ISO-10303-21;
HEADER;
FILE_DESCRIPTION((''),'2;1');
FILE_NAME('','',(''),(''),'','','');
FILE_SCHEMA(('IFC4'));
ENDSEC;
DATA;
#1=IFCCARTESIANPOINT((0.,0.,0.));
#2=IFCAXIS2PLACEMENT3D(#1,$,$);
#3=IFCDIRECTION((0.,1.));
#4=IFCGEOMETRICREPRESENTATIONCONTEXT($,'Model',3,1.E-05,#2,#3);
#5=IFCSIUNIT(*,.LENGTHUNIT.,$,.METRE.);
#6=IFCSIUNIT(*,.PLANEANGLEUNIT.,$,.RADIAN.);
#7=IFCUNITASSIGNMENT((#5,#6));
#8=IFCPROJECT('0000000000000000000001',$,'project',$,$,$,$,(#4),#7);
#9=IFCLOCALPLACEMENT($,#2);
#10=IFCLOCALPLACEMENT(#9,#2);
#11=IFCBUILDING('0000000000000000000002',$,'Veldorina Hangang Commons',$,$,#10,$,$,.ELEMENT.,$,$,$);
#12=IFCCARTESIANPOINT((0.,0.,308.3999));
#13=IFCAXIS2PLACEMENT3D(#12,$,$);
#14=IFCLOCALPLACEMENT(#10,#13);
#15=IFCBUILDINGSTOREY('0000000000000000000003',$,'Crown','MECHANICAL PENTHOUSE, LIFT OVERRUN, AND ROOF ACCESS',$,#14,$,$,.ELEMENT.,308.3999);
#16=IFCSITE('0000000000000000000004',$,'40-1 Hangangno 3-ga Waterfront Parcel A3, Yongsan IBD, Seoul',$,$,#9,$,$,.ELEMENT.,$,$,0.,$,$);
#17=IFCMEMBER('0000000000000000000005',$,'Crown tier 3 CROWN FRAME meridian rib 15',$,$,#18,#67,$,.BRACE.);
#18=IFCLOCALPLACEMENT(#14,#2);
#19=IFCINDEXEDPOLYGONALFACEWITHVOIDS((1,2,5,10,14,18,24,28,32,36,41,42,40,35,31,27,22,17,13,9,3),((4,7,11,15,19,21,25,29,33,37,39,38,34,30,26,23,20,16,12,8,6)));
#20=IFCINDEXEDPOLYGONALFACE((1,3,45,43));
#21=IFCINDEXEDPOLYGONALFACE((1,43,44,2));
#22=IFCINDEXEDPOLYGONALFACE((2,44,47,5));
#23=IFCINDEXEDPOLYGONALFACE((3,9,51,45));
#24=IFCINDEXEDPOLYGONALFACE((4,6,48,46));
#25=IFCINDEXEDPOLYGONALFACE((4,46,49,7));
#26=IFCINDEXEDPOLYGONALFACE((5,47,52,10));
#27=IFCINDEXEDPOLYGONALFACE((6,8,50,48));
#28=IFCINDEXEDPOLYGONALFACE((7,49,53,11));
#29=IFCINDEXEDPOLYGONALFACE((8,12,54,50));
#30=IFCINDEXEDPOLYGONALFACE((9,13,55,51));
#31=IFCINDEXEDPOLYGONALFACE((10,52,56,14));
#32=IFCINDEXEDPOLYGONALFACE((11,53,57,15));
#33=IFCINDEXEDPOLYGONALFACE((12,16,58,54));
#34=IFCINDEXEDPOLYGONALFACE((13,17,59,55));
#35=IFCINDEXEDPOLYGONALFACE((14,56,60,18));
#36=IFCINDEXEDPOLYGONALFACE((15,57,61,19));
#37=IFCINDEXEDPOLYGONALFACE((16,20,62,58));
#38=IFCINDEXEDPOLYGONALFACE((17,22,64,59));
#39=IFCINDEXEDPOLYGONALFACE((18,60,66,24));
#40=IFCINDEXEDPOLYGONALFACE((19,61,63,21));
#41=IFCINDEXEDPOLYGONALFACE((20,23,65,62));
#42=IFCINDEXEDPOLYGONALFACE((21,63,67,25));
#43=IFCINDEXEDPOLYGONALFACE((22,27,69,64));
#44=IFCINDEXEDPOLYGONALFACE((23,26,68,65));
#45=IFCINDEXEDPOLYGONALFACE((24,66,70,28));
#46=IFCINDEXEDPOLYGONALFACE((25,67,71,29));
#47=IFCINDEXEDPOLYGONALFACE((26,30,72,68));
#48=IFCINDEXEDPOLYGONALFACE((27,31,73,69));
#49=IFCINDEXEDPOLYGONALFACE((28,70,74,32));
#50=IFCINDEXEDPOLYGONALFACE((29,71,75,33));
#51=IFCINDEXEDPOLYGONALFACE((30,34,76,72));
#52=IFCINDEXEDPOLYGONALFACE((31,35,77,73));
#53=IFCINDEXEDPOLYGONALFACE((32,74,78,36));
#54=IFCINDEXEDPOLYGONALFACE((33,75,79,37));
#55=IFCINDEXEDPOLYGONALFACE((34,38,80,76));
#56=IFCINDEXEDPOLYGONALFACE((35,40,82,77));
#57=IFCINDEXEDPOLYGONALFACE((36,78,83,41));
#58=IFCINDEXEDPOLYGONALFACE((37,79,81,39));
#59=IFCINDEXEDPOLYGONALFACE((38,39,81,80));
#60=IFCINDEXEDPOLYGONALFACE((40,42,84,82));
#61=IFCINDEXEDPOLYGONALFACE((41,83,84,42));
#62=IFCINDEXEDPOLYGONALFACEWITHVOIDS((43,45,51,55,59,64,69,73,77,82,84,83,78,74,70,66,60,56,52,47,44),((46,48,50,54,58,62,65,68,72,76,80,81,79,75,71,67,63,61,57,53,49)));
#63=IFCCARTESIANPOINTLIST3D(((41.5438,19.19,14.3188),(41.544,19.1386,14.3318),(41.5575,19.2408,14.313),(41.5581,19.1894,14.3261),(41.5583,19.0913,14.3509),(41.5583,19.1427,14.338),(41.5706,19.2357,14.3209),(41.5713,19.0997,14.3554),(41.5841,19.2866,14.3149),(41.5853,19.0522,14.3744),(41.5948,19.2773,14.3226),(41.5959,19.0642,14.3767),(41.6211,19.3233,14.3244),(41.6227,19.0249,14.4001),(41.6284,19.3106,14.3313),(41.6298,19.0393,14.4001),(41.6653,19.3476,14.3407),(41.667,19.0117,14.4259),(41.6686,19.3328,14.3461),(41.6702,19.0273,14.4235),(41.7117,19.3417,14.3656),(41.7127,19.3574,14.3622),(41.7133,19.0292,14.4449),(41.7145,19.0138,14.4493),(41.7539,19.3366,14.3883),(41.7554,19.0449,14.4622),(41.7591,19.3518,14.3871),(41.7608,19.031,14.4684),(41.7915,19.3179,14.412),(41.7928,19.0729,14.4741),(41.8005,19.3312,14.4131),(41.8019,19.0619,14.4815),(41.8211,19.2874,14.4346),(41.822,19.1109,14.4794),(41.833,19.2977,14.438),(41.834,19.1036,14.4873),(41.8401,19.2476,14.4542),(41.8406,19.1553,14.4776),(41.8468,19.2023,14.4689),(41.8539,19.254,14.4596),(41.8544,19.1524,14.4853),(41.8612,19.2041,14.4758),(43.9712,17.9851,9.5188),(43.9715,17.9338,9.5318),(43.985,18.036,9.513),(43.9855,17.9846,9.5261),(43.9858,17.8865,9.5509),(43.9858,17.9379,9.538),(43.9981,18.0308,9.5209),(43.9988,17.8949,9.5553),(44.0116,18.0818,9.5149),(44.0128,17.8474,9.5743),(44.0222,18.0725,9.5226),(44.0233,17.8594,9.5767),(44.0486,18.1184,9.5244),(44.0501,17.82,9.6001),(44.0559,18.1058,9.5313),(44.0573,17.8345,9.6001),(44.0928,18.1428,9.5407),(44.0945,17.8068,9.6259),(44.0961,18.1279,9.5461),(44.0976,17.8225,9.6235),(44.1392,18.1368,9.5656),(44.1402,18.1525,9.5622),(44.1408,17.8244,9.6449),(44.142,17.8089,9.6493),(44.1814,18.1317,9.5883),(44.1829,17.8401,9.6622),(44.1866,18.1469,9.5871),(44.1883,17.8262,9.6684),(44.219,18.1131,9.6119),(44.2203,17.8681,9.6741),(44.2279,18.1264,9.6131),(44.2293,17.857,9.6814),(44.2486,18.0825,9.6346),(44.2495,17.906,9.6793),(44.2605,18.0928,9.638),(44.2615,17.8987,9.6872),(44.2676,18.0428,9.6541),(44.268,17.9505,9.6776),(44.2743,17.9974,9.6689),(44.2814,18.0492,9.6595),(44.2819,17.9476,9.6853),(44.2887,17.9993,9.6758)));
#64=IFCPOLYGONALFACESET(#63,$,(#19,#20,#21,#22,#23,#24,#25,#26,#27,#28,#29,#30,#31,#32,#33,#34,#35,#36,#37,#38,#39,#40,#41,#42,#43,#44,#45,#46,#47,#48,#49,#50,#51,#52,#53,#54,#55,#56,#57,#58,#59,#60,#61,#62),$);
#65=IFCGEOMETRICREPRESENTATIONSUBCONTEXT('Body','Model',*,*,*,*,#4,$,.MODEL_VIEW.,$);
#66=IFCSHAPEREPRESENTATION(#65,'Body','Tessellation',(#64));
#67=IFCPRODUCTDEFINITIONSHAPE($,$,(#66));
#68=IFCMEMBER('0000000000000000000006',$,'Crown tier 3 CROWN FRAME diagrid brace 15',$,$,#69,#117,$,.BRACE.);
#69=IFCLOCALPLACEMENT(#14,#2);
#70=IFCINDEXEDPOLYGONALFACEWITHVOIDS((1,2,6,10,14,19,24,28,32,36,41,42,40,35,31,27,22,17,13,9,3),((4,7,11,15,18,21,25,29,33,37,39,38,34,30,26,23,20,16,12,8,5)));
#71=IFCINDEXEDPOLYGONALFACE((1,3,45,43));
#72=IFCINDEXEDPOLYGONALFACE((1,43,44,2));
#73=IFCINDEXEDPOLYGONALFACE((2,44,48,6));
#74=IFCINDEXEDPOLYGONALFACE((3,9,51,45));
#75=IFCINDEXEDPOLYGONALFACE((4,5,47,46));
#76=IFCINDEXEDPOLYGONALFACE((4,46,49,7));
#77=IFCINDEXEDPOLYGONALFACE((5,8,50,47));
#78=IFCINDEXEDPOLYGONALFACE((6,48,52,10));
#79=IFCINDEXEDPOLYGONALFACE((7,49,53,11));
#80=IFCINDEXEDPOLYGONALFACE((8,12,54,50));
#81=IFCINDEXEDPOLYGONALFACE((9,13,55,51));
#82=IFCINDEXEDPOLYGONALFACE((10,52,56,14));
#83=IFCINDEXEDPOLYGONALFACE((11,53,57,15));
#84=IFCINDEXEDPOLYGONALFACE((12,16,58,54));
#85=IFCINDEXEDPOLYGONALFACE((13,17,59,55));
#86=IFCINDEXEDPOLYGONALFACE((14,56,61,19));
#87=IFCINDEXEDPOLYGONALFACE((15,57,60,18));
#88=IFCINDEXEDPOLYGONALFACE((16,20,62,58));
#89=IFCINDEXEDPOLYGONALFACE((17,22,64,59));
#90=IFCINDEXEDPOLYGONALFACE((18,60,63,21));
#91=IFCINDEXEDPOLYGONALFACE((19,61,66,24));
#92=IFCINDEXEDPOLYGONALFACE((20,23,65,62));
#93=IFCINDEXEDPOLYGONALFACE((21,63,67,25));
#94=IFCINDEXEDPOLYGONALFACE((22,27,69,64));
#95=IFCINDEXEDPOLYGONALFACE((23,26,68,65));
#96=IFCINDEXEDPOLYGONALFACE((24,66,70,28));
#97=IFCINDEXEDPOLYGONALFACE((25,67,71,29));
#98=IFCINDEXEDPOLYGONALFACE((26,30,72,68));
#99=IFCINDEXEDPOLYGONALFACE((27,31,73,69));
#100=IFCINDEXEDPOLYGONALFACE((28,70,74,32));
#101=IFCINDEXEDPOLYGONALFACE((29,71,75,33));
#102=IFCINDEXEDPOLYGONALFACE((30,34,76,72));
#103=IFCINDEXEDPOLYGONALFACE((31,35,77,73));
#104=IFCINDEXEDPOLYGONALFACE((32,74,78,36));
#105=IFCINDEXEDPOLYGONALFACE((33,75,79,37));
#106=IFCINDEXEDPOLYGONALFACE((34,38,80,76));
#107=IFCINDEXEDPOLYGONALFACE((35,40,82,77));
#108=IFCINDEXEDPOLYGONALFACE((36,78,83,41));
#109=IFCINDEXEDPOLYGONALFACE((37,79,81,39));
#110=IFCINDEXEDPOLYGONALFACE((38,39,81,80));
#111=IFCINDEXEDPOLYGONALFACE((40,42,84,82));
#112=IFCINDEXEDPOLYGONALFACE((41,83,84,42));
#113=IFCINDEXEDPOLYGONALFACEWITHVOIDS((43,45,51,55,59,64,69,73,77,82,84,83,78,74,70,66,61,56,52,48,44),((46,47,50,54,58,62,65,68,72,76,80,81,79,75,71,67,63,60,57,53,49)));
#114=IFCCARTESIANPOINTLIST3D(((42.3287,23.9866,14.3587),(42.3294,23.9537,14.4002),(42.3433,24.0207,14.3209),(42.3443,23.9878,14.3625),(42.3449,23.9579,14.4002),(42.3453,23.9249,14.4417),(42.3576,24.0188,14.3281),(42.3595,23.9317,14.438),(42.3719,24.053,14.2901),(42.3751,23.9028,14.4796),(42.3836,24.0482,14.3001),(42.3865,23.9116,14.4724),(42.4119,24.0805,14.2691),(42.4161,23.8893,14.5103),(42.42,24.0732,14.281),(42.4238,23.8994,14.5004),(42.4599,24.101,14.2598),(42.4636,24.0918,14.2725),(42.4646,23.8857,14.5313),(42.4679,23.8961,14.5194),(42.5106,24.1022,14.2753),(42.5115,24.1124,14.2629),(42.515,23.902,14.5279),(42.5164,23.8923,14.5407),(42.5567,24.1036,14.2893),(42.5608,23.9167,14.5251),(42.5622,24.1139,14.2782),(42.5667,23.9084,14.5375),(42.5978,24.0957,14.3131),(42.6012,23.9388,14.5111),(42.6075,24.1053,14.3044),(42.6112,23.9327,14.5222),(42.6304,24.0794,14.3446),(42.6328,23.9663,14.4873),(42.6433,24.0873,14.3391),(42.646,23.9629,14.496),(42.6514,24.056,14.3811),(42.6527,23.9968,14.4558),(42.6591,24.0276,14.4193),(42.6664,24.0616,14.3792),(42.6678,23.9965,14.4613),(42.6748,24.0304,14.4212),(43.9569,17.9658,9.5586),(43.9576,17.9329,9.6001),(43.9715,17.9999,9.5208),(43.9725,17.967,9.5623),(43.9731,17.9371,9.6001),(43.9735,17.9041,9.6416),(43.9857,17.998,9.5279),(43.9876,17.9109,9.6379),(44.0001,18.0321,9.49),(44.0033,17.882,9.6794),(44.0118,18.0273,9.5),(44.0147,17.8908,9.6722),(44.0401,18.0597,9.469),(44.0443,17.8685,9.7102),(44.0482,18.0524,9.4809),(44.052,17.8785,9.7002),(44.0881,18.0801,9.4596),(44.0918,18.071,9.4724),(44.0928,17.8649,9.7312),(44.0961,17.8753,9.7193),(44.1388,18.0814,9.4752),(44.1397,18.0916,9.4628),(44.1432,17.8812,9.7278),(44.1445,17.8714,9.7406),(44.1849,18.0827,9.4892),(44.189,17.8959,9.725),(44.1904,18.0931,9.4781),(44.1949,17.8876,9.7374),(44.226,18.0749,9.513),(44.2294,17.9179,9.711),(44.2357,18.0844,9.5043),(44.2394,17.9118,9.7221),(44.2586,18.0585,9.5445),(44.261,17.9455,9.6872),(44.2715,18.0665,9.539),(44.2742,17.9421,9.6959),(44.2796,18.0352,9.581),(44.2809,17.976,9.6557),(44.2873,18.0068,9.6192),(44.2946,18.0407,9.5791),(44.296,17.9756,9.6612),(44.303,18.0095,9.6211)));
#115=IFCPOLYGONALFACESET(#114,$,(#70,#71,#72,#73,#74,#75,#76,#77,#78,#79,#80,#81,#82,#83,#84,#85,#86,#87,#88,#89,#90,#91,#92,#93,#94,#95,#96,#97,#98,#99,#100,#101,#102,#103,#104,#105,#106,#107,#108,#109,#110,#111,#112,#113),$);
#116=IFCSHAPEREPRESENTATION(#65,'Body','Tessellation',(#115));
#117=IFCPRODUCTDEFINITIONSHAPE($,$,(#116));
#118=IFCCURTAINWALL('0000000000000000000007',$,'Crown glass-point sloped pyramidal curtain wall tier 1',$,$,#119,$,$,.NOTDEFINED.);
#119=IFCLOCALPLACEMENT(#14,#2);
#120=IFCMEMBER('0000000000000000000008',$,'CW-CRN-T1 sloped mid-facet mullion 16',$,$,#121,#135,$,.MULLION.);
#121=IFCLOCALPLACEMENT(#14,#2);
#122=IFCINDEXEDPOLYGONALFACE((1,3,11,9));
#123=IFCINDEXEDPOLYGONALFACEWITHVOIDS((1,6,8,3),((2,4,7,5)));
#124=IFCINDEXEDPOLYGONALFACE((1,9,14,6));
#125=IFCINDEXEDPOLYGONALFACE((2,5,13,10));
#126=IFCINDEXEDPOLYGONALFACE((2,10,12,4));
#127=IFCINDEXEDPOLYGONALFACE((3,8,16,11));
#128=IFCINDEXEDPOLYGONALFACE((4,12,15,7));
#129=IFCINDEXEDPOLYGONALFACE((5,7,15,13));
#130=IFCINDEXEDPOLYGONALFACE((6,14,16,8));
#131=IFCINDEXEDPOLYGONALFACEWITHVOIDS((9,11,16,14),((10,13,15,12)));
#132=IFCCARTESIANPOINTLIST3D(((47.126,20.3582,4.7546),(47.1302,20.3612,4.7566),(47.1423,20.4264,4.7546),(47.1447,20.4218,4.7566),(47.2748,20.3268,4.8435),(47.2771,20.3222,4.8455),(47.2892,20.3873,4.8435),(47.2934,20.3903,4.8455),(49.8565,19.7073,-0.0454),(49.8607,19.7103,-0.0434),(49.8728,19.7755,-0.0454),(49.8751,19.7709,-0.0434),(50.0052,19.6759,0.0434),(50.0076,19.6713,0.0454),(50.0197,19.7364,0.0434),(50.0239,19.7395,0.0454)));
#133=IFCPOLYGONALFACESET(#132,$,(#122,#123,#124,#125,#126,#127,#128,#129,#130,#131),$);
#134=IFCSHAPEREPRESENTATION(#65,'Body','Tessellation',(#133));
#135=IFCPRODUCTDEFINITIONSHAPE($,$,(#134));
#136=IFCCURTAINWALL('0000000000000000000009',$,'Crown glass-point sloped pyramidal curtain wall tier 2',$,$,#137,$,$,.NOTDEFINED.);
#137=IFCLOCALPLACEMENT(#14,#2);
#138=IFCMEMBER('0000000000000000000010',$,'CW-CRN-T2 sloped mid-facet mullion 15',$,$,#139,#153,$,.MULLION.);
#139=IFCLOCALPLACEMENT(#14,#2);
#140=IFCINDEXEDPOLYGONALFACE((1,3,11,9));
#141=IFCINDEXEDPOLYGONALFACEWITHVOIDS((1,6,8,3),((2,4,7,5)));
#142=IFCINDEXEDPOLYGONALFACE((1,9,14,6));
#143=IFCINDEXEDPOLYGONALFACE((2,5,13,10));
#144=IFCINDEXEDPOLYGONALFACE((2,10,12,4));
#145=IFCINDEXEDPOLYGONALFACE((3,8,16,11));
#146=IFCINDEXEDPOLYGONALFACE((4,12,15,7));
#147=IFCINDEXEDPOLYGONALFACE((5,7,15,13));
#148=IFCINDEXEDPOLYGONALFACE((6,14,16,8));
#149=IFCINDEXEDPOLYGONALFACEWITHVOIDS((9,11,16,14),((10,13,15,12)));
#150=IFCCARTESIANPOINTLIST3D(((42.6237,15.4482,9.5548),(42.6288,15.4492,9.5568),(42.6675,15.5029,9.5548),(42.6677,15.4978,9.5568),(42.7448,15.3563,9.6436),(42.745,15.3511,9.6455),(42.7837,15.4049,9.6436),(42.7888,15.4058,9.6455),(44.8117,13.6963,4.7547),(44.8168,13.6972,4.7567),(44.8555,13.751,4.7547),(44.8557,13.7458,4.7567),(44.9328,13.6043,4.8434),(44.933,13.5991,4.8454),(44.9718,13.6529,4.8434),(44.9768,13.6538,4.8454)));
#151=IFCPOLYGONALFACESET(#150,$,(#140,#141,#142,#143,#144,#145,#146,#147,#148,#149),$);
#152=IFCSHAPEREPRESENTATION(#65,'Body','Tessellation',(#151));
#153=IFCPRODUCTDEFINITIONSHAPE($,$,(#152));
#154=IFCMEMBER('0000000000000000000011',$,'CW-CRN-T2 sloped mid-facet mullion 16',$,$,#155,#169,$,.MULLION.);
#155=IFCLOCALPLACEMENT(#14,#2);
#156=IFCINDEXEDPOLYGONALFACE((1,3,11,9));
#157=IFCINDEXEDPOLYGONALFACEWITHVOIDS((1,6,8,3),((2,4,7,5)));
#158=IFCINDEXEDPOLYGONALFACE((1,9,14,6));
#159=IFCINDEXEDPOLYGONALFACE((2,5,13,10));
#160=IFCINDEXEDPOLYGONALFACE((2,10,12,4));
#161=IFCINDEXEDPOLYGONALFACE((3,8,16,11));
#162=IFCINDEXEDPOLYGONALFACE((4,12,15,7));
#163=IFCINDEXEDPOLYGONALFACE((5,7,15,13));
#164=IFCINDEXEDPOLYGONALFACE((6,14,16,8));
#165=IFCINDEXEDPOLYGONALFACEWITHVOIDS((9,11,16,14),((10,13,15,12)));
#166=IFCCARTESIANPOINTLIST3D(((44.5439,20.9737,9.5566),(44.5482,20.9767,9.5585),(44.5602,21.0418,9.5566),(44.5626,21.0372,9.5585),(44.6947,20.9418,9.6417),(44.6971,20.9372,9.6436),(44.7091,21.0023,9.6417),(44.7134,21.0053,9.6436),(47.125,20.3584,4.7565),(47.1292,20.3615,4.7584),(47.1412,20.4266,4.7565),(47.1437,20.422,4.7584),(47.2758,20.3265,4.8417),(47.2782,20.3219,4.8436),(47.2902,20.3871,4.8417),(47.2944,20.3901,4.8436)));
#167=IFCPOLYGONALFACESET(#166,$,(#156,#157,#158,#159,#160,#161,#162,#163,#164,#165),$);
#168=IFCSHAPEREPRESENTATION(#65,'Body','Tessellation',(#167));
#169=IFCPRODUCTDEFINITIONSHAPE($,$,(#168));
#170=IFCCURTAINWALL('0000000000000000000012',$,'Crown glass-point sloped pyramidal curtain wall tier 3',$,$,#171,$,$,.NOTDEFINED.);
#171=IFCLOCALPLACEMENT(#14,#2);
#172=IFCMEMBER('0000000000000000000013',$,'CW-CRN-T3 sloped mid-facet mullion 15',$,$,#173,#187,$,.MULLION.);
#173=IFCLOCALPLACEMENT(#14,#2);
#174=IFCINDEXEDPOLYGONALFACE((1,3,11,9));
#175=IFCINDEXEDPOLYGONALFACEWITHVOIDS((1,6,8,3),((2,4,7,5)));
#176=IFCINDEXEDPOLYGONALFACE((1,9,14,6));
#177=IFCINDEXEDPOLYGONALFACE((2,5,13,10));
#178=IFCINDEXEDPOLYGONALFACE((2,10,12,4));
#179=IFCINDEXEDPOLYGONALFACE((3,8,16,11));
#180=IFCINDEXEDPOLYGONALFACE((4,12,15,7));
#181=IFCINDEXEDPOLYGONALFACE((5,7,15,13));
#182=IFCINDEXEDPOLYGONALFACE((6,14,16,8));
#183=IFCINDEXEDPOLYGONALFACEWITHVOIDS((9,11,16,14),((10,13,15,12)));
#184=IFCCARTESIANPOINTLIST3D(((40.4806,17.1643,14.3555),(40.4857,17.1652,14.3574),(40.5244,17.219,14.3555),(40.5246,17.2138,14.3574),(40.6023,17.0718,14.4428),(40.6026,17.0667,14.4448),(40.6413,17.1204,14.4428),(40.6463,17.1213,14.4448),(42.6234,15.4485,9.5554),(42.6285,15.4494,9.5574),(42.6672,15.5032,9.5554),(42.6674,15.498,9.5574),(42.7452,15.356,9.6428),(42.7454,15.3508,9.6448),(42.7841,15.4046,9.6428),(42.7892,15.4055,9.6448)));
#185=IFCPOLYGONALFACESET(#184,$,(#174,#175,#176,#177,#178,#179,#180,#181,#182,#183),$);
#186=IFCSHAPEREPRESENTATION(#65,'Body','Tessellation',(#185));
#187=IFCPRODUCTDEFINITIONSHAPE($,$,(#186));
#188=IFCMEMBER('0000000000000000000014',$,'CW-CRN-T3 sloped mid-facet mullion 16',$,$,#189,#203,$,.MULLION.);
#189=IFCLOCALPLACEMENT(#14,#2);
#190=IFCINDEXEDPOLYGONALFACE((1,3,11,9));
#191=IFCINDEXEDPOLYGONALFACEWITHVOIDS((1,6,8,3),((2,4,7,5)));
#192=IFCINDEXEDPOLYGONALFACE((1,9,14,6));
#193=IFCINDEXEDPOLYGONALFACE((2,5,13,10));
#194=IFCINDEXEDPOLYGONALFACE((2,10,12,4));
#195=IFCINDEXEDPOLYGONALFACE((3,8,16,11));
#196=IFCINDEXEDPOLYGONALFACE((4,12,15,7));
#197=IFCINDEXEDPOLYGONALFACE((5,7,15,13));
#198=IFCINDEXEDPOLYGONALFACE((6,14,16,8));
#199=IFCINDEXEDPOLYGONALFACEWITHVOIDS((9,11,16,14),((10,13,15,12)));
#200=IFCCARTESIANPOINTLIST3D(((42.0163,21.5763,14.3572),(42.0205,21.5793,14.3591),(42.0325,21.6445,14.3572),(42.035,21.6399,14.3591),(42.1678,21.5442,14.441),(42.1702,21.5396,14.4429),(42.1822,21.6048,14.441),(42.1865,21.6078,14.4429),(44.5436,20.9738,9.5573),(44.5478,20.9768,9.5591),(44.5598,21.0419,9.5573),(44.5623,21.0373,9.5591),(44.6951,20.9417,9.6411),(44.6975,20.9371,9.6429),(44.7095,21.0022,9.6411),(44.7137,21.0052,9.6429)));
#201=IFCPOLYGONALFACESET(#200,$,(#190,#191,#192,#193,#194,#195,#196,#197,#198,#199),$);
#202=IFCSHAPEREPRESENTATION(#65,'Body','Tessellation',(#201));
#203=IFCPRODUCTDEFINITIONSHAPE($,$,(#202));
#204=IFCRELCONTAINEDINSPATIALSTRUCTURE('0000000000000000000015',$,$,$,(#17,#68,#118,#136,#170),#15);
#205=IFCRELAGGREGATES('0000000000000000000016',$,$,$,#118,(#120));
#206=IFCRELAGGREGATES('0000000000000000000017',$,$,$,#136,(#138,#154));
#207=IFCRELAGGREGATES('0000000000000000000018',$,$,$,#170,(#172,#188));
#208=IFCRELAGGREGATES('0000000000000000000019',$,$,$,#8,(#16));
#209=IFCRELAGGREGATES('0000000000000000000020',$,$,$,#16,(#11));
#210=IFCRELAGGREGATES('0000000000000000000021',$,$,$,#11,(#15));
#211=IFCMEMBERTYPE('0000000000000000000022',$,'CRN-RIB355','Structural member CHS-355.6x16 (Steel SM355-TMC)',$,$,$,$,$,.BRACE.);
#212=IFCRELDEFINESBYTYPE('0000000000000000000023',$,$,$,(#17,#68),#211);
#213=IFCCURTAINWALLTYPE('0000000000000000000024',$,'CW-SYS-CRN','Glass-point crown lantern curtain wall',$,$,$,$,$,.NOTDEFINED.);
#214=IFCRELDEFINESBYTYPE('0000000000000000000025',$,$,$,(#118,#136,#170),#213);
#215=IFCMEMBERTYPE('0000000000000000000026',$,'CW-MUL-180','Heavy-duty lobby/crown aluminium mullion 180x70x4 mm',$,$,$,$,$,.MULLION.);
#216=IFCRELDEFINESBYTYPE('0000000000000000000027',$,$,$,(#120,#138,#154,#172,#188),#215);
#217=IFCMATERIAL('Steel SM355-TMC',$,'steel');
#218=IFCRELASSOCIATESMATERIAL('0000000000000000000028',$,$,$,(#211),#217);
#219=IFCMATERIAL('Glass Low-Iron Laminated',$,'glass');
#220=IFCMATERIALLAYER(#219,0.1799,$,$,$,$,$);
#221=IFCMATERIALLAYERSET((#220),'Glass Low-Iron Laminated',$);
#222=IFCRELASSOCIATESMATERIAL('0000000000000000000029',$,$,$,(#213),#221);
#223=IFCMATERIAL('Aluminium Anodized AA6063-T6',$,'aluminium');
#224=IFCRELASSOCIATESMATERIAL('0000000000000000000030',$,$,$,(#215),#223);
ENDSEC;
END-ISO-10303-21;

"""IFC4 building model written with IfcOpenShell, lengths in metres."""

from ifc_helpers import new_model, si_unit, direction, frame, origin, origin_2d, place, context, subcontext, project, spatial, hollow_rectangle, hollow_circle, extrude, material, layer, layer_set, material_profile, profile_set, type_object, element, aggregate, save


model = new_model("IFC4")

# Units and contexts
model_context = context("Model", 3, precision=1e-05, world=origin(), true_north=direction((0.0, 1.0)))
body_context = subcontext(model_context, "Body", "Model", "MODEL_VIEW")
ifc_project = project(units=[si_unit("LENGTHUNIT", "METRE"), si_unit("PLANEANGLEUNIT", "RADIAN")], contexts=[model_context])

# Site, building, storey
site_placement = place(None, origin())
site = spatial("IfcSite", under=ifc_project, at=site_placement, Name="40-1 Hangangno 3-ga Waterfront Parcel A3, Yongsan IBD, Seoul", CompositionType="ELEMENT", RefElevation=0.0)
building_placement = place(site_placement, origin())
building = spatial("IfcBuilding", under=site, at=building_placement, Name="Veldorina Hangang Commons", CompositionType="ELEMENT")
storey_placement = place(building_placement, frame((0.0, 0.0, 308.3999)))
storey = spatial("IfcBuildingStorey", under=building, at=storey_placement, Name="Crown", Description="MECHANICAL PENTHOUSE, LIFT OVERRUN, AND ROOF ACCESS", CompositionType="ELEMENT", Elevation=308.3999)

# Members
ifc_material_1 = material(Name="Steel SM355-TMC", Category="steel")
ifc_material_profile_1 = material_profile(ifc_material_1, hollow_circle(Radius=0.1777, WallThickness=0.0161, at=origin_2d()), Name="CHS-355.6x16")
ifc_profile_set_1 = profile_set([ifc_material_profile_1], Name="Steel SM355-TMC")
member_type_1 = type_object("IfcMemberType", Name="CRN-RIB355", Description="Structural member CHS-355.6x16 (Steel SM355-TMC)", PredefinedType="BRACE", material=ifc_profile_set_1)
member_1_placement = place(storey_placement, frame((44.1292, 17.9792, 9.6001), z_axis=(-0.440382, 0.218574, 0.870798), x_axis=(-0.444581, -0.895739, 0.0)))
element("IfcMember", 1, at=member_1_placement, inside=storey, type_object=member_type_1, Name="Crown tier 3 CROWN FRAME meridian rib 15", PredefinedType="BRACE", context=body_context, shape_type="SweptSolid", body=[
    extrude(hollow_circle(Radius=0.1777, WallThickness=0.0161, at=origin_2d()), origin(), (0.0, 0.0, 1.0), 5.5122),
])
member_2_placement = place(storey_placement, frame((44.1292, 17.9792, 9.6001), z_axis=(-0.206877, 0.765001, 0.609898), x_axis=(-0.965325, -0.26105, 0.0)))
element("IfcMember", 2, at=member_2_placement, inside=storey, type_object=member_type_1, Name="Crown tier 3 CROWN FRAME diagrid brace 15", PredefinedType="BRACE", context=body_context, shape_type="SweptSolid", body=[
    extrude(hollow_circle(Radius=0.1777, WallThickness=0.0161, at=origin_2d()), origin(), (0.0, 0.0, 1.0), 7.8704),
])

# Curtain wall, member
ifc_material_2 = material(Name="Glass Low-Iron Laminated", Category="glass")
ifc_layer_1 = layer(ifc_material_2, 0.1799)
ifc_layer_set_1 = layer_set([ifc_layer_1], Name="Glass Low-Iron Laminated")
curtain_wall_type = type_object("IfcCurtainWallType", Name="CW-SYS-CRN", Description="Glass-point crown lantern curtain wall", PredefinedType="NOTDEFINED", material=ifc_layer_set_1)
curtain_wall_1_placement = place(storey_placement, origin())
curtain_wall_1 = element("IfcCurtainWall", 3, at=curtain_wall_1_placement, inside=storey, type_object=curtain_wall_type, Name="Crown glass-point sloped pyramidal curtain wall tier 1", PredefinedType="NOTDEFINED")
ifc_material_3 = material(Name="Aluminium Anodized AA6063-T6", Category="aluminium")
ifc_material_profile_2 = material_profile(ifc_material_3, hollow_rectangle(XDim=0.0701, YDim=0.1799, WallThickness=0.0039, at=origin_2d()), Name="ALU-RHS-180x70x4")
ifc_profile_set_2 = profile_set([ifc_material_profile_2], Name="Aluminium Anodized AA6063-T6")
member_type_2 = type_object("IfcMemberType", Name="CW-MUL-180", Description="Heavy-duty lobby/crown aluminium mullion 180x70x4 mm", PredefinedType="MULLION", material=ifc_profile_set_2)
member_3_placement = place(storey_placement, frame((49.9402, 19.7234, 0.0), z_axis=(-0.491044, 0.117053, 0.863235), x_axis=(-0.231879, -0.972745, 0.0)))
member_3 = element("IfcMember", 4, at=member_3_placement, type_object=member_type_2, Name="CW-CRN-T1 sloped mid-facet mullion 16", PredefinedType="MULLION", context=body_context, shape_type="SweptSolid", body=[
    extrude(hollow_rectangle(XDim=0.0701, YDim=0.1799, WallThickness=0.0039, at=origin_2d()), origin(), (0.0, 0.0, 1.0), 5.5605),
])

# Curtain walls, members
curtain_wall_2_placement = place(storey_placement, origin())
curtain_wall_2 = element("IfcCurtainWall", 5, at=curtain_wall_2_placement, inside=storey, type_object=curtain_wall_type, Name="Crown glass-point sloped pyramidal curtain wall tier 2", PredefinedType="NOTDEFINED")
member_4_placement = place(storey_placement, frame((44.8943, 13.675, 4.8), z_axis=(-0.393628, 0.315184, 0.863549), x_axis=(-0.625035, -0.780597, 0.0)))
member_4 = element("IfcMember", 6, at=member_4_placement, type_object=member_type_2, Name="CW-CRN-T2 sloped mid-facet mullion 15", PredefinedType="MULLION", context=body_context, shape_type="SweptSolid", body=[
    extrude(hollow_rectangle(XDim=0.0701, YDim=0.1799, WallThickness=0.0039, at=origin_2d()), origin(), (0.0, 0.0, 1.0), 5.5586),
])
member_5_placement = place(storey_placement, frame((47.2097, 20.3743, 4.8), z_axis=(-0.4706, 0.112175, 0.875187), x_axis=(-0.231869, -0.972747, 0.0)))
member_5 = element("IfcMember", 7, at=member_5_placement, type_object=member_type_2, Name="CW-CRN-T2 sloped mid-facet mullion 16", PredefinedType="MULLION", context=body_context, shape_type="SweptSolid", body=[
    extrude(hollow_rectangle(XDim=0.0701, YDim=0.1799, WallThickness=0.0039, at=origin_2d()), origin(), (0.0, 0.0, 1.0), 5.4846),
])
curtain_wall_3_placement = place(storey_placement, origin())
curtain_wall_3 = element("IfcCurtainWall", 8, at=curtain_wall_3_placement, inside=storey, type_object=curtain_wall_type, Name="Crown glass-point sloped pyramidal curtain wall tier 3", PredefinedType="NOTDEFINED")
member_6_placement = place(storey_placement, frame((42.7063, 15.427, 9.6001), z_axis=(-0.38752, 0.310299, 0.868068), x_axis=(-0.625042, -0.780591, 0.0)))
member_6 = element("IfcMember", 9, at=member_6_placement, type_object=member_type_2, Name="CW-CRN-T3 sloped mid-facet mullion 15", PredefinedType="MULLION", context=body_context, shape_type="SweptSolid", body=[
    extrude(hollow_rectangle(XDim=0.0701, YDim=0.1799, WallThickness=0.0039, at=origin_2d()), origin(), (0.0, 0.0, 1.0), 5.5295),
])
member_7_placement = place(storey_placement, frame((44.6287, 20.9895, 9.6001), z_axis=(-0.463044, 0.110393, 0.879434), x_axis=(-0.231908, -0.972738, 0.0)))
member_7 = element("IfcMember", 10, at=member_7_placement, type_object=member_type_2, Name="CW-CRN-T3 sloped mid-facet mullion 16", PredefinedType="MULLION", context=body_context, shape_type="SweptSolid", body=[
    extrude(hollow_rectangle(XDim=0.0701, YDim=0.1799, WallThickness=0.0039, at=origin_2d()), origin(), (0.0, 0.0, 1.0), 5.458),
])

aggregate(curtain_wall_1, [member_3])
aggregate(curtain_wall_2, [member_4, member_5])
aggregate(curtain_wall_3, [member_6, member_7])

save(model, "model.ifc")
